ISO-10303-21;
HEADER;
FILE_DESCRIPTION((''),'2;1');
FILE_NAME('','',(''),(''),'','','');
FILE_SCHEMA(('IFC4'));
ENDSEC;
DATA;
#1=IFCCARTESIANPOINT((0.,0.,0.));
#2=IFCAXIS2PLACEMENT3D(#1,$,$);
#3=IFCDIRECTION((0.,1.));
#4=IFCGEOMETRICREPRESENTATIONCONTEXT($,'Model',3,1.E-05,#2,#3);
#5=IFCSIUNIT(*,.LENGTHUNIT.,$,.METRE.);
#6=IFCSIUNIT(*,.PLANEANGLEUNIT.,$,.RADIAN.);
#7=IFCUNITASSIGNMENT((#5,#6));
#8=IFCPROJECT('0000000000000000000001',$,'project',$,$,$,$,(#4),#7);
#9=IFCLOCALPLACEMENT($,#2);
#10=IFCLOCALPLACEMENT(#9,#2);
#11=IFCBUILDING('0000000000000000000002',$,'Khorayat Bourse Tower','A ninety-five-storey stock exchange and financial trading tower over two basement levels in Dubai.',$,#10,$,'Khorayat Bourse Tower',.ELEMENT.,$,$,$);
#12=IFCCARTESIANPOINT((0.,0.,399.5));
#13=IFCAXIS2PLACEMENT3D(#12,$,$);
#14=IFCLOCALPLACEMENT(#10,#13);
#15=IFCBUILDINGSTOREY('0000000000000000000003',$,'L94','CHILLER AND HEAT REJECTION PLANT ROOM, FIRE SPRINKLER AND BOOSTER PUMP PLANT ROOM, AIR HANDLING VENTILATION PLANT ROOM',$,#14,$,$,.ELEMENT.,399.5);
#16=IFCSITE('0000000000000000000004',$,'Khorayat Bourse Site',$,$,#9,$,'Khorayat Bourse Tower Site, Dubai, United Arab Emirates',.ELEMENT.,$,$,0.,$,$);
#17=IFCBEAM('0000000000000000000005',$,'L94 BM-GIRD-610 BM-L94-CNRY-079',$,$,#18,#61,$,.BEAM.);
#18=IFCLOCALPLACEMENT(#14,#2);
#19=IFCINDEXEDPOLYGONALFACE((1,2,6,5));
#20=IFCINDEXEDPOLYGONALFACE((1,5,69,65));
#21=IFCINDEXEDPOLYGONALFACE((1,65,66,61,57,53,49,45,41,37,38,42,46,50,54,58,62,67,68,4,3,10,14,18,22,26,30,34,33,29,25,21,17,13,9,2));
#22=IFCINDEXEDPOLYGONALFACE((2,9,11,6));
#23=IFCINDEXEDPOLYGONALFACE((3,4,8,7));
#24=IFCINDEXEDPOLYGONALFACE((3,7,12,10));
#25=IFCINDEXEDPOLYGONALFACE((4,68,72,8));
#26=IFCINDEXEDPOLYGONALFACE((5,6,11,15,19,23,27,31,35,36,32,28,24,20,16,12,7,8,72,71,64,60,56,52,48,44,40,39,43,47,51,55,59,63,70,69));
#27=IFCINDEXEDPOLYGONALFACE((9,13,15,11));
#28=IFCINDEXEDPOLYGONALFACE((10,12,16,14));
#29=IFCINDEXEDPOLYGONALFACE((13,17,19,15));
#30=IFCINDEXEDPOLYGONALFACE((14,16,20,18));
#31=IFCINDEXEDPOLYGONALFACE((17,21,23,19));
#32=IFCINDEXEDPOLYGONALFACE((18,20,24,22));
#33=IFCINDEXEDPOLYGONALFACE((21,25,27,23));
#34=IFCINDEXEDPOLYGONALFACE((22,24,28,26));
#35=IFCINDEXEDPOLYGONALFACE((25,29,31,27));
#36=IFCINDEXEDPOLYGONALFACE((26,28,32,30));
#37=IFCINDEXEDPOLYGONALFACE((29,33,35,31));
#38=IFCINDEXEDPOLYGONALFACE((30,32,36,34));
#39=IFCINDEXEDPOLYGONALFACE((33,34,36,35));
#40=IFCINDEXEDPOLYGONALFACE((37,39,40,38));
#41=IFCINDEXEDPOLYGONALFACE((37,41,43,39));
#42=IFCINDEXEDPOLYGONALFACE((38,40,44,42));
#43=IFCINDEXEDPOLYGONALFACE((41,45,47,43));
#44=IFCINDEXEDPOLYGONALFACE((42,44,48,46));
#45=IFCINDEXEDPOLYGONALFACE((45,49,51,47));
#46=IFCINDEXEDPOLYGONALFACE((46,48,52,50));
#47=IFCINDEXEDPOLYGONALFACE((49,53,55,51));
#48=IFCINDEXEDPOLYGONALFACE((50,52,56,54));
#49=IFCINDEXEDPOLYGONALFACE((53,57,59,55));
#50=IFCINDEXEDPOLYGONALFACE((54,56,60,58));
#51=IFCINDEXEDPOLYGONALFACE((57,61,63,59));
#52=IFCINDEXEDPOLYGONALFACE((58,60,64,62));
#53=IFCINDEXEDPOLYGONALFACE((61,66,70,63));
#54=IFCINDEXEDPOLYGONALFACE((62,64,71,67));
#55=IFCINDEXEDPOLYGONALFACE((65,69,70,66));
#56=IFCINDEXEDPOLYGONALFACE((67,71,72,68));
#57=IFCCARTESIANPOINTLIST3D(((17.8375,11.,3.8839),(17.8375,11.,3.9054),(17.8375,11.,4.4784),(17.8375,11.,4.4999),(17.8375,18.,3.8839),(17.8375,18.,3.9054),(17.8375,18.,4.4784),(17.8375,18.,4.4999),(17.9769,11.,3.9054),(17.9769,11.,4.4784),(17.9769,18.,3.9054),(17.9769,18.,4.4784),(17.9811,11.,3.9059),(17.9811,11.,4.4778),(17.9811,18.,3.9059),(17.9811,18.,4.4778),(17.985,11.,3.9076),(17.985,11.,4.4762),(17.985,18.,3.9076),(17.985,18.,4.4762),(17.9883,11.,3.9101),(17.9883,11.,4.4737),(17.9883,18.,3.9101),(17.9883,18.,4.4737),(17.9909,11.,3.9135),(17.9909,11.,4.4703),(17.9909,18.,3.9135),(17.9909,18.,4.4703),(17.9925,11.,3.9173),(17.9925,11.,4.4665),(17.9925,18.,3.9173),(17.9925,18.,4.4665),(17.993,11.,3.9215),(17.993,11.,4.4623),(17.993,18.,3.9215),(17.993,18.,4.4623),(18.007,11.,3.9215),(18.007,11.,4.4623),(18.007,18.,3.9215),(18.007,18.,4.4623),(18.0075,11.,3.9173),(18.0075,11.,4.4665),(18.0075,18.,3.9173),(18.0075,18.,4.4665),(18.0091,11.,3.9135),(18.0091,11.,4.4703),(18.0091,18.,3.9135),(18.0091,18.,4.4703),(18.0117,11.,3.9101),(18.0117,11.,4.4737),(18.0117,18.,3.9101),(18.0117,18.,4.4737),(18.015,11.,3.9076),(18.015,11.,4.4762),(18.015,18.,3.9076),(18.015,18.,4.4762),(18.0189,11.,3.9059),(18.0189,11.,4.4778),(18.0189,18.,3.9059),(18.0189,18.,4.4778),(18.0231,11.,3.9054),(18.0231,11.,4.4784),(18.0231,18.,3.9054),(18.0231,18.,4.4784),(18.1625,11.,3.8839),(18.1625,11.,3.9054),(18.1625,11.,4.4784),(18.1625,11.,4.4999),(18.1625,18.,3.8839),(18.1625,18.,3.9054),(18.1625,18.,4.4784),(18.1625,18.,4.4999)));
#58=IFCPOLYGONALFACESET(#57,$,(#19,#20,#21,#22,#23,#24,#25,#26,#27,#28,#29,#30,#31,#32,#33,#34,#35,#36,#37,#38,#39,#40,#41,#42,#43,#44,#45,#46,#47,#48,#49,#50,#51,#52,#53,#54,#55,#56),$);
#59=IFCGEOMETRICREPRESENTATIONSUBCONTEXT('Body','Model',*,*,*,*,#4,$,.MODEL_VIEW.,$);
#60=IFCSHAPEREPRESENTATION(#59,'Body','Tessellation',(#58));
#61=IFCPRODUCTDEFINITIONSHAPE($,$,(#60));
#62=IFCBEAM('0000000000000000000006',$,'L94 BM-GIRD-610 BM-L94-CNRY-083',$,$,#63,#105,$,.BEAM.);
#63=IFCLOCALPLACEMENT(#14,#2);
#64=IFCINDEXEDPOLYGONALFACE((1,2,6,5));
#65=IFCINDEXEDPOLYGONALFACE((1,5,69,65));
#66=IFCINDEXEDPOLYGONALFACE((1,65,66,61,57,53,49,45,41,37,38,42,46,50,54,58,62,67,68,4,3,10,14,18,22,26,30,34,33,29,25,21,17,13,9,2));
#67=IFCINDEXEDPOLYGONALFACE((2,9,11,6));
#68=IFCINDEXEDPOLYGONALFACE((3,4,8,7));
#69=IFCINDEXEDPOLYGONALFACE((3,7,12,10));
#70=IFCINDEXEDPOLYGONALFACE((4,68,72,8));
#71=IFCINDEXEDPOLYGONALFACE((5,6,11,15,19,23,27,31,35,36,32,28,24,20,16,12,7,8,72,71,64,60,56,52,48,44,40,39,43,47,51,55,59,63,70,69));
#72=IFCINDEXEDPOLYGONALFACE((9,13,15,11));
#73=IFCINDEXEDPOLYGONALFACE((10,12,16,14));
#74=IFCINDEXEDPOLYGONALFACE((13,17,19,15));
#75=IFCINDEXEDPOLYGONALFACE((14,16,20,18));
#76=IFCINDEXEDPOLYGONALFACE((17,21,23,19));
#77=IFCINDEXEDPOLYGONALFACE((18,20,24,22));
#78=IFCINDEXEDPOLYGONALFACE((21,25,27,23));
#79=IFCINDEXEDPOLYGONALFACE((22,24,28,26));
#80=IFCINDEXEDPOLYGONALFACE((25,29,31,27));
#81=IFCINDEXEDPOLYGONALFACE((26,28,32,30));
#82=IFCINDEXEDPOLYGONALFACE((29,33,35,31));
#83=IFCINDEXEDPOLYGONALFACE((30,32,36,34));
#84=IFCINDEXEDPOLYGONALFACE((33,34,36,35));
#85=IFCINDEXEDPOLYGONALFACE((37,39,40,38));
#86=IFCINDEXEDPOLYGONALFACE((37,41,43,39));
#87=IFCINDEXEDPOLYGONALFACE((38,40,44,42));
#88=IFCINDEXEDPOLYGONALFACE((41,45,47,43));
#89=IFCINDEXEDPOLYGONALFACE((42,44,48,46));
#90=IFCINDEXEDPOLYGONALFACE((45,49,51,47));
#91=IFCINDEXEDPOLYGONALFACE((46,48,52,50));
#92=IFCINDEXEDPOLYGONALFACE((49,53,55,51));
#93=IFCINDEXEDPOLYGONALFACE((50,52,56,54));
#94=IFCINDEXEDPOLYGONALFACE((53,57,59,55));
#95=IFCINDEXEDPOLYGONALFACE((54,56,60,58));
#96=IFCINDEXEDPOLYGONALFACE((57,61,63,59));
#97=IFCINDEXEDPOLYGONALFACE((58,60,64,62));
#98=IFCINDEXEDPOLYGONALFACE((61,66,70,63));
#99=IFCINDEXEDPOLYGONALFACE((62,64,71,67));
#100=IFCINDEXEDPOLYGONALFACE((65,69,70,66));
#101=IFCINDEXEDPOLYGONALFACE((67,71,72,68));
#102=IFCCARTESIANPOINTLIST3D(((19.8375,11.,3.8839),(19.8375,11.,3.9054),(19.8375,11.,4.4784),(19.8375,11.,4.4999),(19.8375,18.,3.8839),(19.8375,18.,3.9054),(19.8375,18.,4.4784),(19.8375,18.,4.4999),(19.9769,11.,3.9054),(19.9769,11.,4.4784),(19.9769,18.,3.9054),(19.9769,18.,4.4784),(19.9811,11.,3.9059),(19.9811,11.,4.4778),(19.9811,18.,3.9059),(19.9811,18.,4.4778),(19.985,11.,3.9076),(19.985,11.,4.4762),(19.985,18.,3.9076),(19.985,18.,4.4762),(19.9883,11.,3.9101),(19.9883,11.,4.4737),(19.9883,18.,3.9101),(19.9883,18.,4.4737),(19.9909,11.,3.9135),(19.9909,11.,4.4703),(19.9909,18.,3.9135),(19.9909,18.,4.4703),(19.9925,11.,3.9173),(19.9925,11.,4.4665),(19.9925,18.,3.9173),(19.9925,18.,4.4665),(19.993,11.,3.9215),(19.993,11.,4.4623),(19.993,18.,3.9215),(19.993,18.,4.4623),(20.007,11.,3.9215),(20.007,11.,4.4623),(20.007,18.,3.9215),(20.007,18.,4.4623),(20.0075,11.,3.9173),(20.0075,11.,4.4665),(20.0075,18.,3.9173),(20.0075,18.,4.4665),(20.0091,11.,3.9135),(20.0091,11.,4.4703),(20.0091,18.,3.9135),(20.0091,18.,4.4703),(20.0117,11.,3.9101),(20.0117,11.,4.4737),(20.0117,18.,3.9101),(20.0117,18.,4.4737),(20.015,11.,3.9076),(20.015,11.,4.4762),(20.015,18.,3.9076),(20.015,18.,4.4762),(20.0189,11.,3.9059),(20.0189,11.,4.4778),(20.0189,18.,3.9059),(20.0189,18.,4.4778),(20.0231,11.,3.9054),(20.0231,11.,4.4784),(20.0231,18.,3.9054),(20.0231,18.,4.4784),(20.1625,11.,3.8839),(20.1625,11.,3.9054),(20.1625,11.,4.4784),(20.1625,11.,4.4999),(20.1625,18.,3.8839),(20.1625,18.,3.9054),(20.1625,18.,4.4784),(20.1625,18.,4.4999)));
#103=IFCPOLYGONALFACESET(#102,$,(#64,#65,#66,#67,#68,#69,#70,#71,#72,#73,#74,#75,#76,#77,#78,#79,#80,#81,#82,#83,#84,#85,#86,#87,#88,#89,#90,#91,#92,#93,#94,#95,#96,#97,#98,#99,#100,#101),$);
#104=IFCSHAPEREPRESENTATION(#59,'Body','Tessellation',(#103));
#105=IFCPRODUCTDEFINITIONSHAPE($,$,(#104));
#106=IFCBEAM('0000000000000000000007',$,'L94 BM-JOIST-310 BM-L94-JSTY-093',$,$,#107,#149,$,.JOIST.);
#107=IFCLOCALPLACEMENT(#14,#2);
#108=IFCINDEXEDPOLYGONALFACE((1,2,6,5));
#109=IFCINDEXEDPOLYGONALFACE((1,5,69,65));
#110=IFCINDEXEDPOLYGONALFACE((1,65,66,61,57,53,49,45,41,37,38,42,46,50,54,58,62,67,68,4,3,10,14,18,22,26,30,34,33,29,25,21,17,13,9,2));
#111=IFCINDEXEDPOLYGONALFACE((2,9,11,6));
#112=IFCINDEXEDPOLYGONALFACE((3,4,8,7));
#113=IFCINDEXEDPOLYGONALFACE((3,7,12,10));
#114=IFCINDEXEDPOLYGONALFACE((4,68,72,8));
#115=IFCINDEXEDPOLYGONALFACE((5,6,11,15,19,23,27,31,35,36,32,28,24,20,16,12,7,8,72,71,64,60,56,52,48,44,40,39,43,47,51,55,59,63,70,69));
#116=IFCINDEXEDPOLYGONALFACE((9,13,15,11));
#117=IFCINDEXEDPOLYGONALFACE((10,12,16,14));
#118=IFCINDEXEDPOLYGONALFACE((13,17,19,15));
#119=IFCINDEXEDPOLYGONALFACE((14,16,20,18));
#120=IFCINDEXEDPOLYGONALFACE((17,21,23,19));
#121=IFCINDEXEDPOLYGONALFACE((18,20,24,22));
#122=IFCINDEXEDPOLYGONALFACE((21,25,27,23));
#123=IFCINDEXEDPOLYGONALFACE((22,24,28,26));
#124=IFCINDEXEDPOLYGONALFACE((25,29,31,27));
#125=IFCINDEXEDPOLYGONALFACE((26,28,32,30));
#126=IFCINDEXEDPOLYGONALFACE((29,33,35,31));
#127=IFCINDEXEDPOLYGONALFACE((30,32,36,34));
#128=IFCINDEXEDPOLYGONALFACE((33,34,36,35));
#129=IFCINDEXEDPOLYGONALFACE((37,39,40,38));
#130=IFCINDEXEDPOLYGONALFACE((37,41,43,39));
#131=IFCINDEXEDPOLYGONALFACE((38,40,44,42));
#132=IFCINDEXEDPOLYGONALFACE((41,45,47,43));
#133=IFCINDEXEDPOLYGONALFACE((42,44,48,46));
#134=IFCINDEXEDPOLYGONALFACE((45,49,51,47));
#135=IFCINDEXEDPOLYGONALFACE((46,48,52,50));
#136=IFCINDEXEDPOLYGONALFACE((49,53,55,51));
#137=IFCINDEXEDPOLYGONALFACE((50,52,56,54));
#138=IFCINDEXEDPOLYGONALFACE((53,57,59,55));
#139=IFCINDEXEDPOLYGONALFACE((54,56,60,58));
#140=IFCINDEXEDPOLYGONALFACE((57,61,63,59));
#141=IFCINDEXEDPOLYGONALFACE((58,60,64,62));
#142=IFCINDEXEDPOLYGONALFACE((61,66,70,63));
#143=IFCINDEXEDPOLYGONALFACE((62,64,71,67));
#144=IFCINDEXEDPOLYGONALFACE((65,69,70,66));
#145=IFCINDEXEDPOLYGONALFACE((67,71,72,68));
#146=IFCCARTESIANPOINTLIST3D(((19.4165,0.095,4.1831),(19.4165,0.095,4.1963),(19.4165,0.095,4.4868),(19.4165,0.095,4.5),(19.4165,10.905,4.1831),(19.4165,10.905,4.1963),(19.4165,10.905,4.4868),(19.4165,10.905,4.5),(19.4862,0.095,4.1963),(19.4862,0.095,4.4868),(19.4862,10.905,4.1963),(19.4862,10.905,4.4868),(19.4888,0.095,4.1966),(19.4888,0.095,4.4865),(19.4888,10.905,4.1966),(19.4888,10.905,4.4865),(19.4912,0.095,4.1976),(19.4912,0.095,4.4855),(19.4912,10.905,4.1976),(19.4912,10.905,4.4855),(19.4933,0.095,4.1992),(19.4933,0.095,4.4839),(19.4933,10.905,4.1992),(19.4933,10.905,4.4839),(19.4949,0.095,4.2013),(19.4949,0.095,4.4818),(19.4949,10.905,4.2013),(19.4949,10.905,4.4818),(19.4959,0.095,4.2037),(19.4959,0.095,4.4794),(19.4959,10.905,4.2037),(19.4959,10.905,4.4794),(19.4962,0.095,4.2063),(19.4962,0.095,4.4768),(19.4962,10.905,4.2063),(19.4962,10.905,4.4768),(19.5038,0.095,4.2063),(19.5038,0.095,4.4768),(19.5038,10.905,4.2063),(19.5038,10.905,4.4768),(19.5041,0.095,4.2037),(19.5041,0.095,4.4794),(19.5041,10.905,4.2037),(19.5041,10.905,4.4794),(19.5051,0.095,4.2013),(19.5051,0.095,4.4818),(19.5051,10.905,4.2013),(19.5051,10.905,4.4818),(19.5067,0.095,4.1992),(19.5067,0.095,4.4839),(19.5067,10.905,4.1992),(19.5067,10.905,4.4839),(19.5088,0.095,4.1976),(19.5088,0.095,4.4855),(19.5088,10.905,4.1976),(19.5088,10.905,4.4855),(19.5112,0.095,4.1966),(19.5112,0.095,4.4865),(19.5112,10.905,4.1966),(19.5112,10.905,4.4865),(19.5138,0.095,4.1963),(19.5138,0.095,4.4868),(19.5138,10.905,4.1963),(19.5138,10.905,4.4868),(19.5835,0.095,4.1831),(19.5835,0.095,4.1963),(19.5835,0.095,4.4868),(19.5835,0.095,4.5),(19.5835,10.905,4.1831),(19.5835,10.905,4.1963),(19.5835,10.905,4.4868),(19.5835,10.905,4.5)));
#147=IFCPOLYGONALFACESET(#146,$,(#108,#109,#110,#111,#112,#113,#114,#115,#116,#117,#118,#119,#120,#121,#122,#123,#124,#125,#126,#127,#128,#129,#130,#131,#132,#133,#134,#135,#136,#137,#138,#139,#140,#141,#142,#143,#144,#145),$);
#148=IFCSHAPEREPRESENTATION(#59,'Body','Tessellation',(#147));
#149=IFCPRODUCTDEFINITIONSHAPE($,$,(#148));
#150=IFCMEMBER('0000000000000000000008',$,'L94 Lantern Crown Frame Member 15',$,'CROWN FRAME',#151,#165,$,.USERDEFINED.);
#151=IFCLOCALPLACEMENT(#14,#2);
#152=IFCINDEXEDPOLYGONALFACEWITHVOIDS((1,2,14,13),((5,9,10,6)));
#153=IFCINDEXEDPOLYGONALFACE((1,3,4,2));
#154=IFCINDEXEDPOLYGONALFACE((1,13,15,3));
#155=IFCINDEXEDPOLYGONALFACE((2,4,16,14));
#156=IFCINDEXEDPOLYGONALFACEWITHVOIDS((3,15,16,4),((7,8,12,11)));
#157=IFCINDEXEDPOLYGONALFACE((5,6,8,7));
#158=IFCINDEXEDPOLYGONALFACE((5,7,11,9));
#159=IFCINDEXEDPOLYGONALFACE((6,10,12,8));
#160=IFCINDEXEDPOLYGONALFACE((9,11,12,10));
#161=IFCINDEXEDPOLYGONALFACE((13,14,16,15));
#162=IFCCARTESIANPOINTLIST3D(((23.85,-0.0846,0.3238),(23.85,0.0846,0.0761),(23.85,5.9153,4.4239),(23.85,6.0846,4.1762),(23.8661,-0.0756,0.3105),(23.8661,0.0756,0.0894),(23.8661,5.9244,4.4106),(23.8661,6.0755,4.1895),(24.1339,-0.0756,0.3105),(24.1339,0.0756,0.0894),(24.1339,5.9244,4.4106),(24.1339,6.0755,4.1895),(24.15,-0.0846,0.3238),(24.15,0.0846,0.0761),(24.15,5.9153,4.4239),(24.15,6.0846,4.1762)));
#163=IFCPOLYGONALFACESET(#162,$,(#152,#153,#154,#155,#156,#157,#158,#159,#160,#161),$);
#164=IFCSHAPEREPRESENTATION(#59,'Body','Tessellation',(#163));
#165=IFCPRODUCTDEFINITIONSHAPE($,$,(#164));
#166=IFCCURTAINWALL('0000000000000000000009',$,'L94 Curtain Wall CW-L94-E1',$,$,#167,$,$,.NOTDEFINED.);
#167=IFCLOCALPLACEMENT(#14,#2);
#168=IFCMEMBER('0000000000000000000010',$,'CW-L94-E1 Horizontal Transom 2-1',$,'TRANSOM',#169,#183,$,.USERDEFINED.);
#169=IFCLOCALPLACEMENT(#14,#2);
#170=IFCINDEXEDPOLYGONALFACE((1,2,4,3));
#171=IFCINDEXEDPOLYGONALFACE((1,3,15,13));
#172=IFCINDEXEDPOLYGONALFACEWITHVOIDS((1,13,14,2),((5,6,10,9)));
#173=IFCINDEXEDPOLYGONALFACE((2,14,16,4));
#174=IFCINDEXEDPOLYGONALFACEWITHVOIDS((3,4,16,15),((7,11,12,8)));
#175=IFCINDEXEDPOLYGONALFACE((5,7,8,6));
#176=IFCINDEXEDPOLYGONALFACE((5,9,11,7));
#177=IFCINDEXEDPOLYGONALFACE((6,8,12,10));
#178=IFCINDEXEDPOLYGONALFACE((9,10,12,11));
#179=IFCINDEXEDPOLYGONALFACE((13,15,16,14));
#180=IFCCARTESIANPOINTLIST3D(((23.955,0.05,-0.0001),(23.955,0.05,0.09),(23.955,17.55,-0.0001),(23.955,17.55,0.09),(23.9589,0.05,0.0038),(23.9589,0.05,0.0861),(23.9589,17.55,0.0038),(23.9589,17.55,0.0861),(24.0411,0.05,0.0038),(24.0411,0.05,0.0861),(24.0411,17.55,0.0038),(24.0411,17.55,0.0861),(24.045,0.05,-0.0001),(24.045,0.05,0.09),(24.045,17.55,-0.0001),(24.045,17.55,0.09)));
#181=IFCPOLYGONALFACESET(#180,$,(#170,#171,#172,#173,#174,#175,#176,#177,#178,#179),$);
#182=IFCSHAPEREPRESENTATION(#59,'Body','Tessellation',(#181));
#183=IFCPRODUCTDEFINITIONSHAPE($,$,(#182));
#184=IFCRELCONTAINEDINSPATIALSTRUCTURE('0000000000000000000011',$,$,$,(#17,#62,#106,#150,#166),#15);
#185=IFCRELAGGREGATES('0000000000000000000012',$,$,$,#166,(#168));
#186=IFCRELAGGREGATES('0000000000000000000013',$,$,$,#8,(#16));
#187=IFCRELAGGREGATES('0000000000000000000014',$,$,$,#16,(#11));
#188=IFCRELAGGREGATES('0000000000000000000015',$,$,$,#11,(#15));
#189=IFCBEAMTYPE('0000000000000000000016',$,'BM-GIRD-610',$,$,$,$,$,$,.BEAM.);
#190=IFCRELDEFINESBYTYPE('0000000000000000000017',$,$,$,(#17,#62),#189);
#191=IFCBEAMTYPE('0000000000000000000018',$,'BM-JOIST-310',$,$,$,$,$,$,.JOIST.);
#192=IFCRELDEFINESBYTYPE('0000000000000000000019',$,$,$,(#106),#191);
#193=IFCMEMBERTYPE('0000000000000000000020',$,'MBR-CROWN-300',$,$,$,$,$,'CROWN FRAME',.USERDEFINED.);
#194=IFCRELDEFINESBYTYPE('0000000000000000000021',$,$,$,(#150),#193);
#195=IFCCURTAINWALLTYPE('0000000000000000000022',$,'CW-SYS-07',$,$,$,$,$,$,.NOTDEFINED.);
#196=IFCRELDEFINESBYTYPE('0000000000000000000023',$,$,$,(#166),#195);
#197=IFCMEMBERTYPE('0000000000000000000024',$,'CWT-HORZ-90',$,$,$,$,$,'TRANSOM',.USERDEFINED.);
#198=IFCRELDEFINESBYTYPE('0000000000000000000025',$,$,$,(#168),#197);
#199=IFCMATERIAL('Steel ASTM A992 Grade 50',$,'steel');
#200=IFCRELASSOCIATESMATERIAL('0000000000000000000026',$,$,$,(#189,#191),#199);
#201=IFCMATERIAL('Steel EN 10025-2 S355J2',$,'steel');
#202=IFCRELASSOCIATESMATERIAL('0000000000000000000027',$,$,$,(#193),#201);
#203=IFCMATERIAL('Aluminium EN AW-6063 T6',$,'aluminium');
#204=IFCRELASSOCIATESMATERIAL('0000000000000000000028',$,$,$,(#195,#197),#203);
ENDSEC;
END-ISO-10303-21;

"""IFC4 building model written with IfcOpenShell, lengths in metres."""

from ifc_helpers import new_model, si_unit, direction, frame, origin, origin_2d, place, context, subcontext, project, spatial, hollow_rectangle, i_section, extrude, source, transform, mapped, material, material_profile, profile_set, type_object, element, aggregate, save


model = new_model("IFC4")

# Units and contexts
model_context = context("Model", 3, precision=1e-05, world=origin(), true_north=direction((0.0, 1.0)))
body_context = subcontext(model_context, "Body", "Model", "MODEL_VIEW")
ifc_project = project(units=[si_unit("LENGTHUNIT", "METRE"), si_unit("PLANEANGLEUNIT", "RADIAN")], contexts=[model_context])

# Site, building, storey
site_placement = place(None, origin())
site = spatial("IfcSite", under=ifc_project, at=site_placement, Name="Khorayat Bourse Site", LongName="Khorayat Bourse Tower Site, Dubai, United Arab Emirates", CompositionType="ELEMENT", RefElevation=0.0)
building_placement = place(site_placement, origin())
building = spatial("IfcBuilding", under=site, at=building_placement, Name="Khorayat Bourse Tower", Description="A ninety-five-storey stock exchange and financial trading tower over two basement levels in Dubai.", LongName="Khorayat Bourse Tower", CompositionType="ELEMENT")
storey_placement = place(building_placement, frame((0.0, 0.0, 399.5)))
storey = spatial("IfcBuildingStorey", under=building, at=storey_placement, Name="L94", Description="CHILLER AND HEAT REJECTION PLANT ROOM, FIRE SPRINKLER AND BOOSTER PUMP PLANT ROOM, AIR HANDLING VENTILATION PLANT ROOM", CompositionType="ELEMENT", Elevation=399.5)

# Shared definitions
ifc_material_1 = material(Name="Steel EN 10025-2 S355J2", Category="steel")

# Beams
ifc_material_2 = material(Name="Steel ASTM A992 Grade 50", Category="steel")
ifc_material_profile_1 = material_profile(ifc_material_2, i_section(OverallWidth=0.325, OverallDepth=0.616, WebThickness=0.0139, FlangeThickness=0.0215, FilletRadius=0.0161, at=origin_2d()), Name="W610X174")
ifc_profile_set_1 = profile_set([ifc_material_profile_1], Name="Steel ASTM A992 Grade 50")
beam_type_1 = type_object("IfcBeamType", Name="BM-GIRD-610", PredefinedType="BEAM", material=ifc_profile_set_1)
shared_shape_1 = source(origin(), body_context, "Body", "SweptSolid", [
    extrude(i_section(OverallWidth=0.325, OverallDepth=0.616, WebThickness=0.0139, FlangeThickness=0.0215, FilletRadius=0.0161, at=origin_2d()), origin(), (0.0, 0.0, 1.0), 7.0),
])
for number, where, z_axis, x_axis, name in (
    (1, (18.0, 11.0, 4.1919), (0.0, 1.0, 0.0), (-1.0, 0.0, 0.0), "L94 BM-GIRD-610 BM-L94-CNRY-079"),
    (2, (20.0, 11.0, 4.1919), (0.0, 1.0, 0.0), (-1.0, 0.0, 0.0), "L94 BM-GIRD-610 BM-L94-CNRY-083"),
):
    element("IfcBeam", number, at=place(storey_placement, frame(where, z_axis=z_axis, x_axis=x_axis)), inside=storey, type_object=beam_type_1, Name=name, PredefinedType="BEAM", context=body_context, shape_type="MappedRepresentation", body=[
        mapped(shared_shape_1, transform((0.0, 0.0, 0.0), scale=1.0)),
    ])
ifc_material_profile_2 = material_profile(ifc_material_2, i_section(OverallWidth=0.167, OverallDepth=0.3169, WebThickness=0.0076, FlangeThickness=0.0132, FilletRadius=0.01, at=origin_2d()), Name="W310X52")
ifc_profile_set_2 = profile_set([ifc_material_profile_2], Name="Steel ASTM A992 Grade 50")
beam_type_2 = type_object("IfcBeamType", Name="BM-JOIST-310", PredefinedType="JOIST", material=ifc_profile_set_2)
shared_shape_2 = source(origin(), body_context, "Body", "SweptSolid", [
    extrude(i_section(OverallWidth=0.167, OverallDepth=0.3169, WebThickness=0.0076, FlangeThickness=0.0132, FilletRadius=0.01, at=origin_2d()), origin(), (0.0, 0.0, 1.0), 10.8101),
])
beam_1_placement = place(storey_placement, frame((19.5, 0.095, 4.3416), z_axis=(0.0, 1.0, 0.0), x_axis=(-1.0, 0.0, 0.0)))
element("IfcBeam", 3, at=beam_1_placement, inside=storey, type_object=beam_type_2, Name="L94 BM-JOIST-310 BM-L94-JSTY-093", PredefinedType="JOIST", context=body_context, shape_type="MappedRepresentation", body=[
    mapped(shared_shape_2, transform((0.0, 0.0, 0.0), scale=1.0)),
])

# Member
ifc_material_profile_3 = material_profile(ifc_material_1, hollow_rectangle(XDim=0.3, YDim=0.3, WallThickness=0.0161, at=origin_2d()), Name="HSS 300x300x16")
ifc_profile_set_3 = profile_set([ifc_material_profile_3], Name="Steel EN 10025-2 S355J2")
member_type_1 = type_object("IfcMemberType", Name="MBR-CROWN-300", ElementType="CROWN FRAME", PredefinedType="USERDEFINED", material=ifc_profile_set_3)
shared_shape_3 = source(origin(), body_context, "Body", "SweptSolid", [
    extrude(hollow_rectangle(XDim=0.3, YDim=0.3, WallThickness=0.0161, at=origin_2d()), origin(), (0.0, 0.0, 1.0), 7.2671),
])
member_1_placement = place(storey_placement, frame((24.0, 0.0, 0.2), z_axis=(0.0, 0.825638, 0.5642), x_axis=(-1.0, 0.0, 0.0)))
element("IfcMember", 4, at=member_1_placement, inside=storey, type_object=member_type_1, Name="L94 Lantern Crown Frame Member 15", ObjectType="CROWN FRAME", PredefinedType="USERDEFINED", context=body_context, shape_type="MappedRepresentation", body=[
    mapped(shared_shape_3, transform((0.0, 0.0, 0.0), scale=1.0)),
])

# Curtain wall, member
ifc_material_3 = material(Name="Aluminium EN AW-6063 T6", Category="aluminium")
curtain_wall_type = type_object("IfcCurtainWallType", Name="CW-SYS-07", PredefinedType="NOTDEFINED", material=ifc_material_3)
curtain_wall_placement = place(storey_placement, origin())
curtain_wall = element("IfcCurtainWall", 5, at=curtain_wall_placement, inside=storey, type_object=curtain_wall_type, Name="L94 Curtain Wall CW-L94-E1", PredefinedType="NOTDEFINED")
ifc_material_profile_4 = material_profile(ifc_material_3, hollow_rectangle(XDim=0.0901, YDim=0.0901, WallThickness=0.0039, at=origin_2d()), Name="ALU 90x90x4")
ifc_profile_set_4 = profile_set([ifc_material_profile_4], Name="Aluminium EN AW-6063 T6")
member_type_2 = type_object("IfcMemberType", Name="CWT-HORZ-90", ElementType="TRANSOM", PredefinedType="USERDEFINED", material=ifc_profile_set_4)
shared_shape_4 = source(origin(), body_context, "Body", "SweptSolid", [
    extrude(hollow_rectangle(XDim=0.0901, YDim=0.0901, WallThickness=0.0039, at=origin_2d()), origin(), (0.0, 0.0, 1.0), 17.5),
])
member_2_placement = place(storey_placement, frame((24.0, 0.05, 0.0449), z_axis=(0.0, 1.0, 0.0), x_axis=(-1.0, 0.0, 0.0)))
member_2 = element("IfcMember", 6, at=member_2_placement, type_object=member_type_2, Name="CW-L94-E1 Horizontal Transom 2-1", ObjectType="TRANSOM", PredefinedType="USERDEFINED", context=body_context, shape_type="MappedRepresentation", body=[
    mapped(shared_shape_4, transform((0.0, 0.0, 0.0), scale=1.0)),
])

aggregate(curtain_wall, [member_2])

save(model, "model.ifc")
